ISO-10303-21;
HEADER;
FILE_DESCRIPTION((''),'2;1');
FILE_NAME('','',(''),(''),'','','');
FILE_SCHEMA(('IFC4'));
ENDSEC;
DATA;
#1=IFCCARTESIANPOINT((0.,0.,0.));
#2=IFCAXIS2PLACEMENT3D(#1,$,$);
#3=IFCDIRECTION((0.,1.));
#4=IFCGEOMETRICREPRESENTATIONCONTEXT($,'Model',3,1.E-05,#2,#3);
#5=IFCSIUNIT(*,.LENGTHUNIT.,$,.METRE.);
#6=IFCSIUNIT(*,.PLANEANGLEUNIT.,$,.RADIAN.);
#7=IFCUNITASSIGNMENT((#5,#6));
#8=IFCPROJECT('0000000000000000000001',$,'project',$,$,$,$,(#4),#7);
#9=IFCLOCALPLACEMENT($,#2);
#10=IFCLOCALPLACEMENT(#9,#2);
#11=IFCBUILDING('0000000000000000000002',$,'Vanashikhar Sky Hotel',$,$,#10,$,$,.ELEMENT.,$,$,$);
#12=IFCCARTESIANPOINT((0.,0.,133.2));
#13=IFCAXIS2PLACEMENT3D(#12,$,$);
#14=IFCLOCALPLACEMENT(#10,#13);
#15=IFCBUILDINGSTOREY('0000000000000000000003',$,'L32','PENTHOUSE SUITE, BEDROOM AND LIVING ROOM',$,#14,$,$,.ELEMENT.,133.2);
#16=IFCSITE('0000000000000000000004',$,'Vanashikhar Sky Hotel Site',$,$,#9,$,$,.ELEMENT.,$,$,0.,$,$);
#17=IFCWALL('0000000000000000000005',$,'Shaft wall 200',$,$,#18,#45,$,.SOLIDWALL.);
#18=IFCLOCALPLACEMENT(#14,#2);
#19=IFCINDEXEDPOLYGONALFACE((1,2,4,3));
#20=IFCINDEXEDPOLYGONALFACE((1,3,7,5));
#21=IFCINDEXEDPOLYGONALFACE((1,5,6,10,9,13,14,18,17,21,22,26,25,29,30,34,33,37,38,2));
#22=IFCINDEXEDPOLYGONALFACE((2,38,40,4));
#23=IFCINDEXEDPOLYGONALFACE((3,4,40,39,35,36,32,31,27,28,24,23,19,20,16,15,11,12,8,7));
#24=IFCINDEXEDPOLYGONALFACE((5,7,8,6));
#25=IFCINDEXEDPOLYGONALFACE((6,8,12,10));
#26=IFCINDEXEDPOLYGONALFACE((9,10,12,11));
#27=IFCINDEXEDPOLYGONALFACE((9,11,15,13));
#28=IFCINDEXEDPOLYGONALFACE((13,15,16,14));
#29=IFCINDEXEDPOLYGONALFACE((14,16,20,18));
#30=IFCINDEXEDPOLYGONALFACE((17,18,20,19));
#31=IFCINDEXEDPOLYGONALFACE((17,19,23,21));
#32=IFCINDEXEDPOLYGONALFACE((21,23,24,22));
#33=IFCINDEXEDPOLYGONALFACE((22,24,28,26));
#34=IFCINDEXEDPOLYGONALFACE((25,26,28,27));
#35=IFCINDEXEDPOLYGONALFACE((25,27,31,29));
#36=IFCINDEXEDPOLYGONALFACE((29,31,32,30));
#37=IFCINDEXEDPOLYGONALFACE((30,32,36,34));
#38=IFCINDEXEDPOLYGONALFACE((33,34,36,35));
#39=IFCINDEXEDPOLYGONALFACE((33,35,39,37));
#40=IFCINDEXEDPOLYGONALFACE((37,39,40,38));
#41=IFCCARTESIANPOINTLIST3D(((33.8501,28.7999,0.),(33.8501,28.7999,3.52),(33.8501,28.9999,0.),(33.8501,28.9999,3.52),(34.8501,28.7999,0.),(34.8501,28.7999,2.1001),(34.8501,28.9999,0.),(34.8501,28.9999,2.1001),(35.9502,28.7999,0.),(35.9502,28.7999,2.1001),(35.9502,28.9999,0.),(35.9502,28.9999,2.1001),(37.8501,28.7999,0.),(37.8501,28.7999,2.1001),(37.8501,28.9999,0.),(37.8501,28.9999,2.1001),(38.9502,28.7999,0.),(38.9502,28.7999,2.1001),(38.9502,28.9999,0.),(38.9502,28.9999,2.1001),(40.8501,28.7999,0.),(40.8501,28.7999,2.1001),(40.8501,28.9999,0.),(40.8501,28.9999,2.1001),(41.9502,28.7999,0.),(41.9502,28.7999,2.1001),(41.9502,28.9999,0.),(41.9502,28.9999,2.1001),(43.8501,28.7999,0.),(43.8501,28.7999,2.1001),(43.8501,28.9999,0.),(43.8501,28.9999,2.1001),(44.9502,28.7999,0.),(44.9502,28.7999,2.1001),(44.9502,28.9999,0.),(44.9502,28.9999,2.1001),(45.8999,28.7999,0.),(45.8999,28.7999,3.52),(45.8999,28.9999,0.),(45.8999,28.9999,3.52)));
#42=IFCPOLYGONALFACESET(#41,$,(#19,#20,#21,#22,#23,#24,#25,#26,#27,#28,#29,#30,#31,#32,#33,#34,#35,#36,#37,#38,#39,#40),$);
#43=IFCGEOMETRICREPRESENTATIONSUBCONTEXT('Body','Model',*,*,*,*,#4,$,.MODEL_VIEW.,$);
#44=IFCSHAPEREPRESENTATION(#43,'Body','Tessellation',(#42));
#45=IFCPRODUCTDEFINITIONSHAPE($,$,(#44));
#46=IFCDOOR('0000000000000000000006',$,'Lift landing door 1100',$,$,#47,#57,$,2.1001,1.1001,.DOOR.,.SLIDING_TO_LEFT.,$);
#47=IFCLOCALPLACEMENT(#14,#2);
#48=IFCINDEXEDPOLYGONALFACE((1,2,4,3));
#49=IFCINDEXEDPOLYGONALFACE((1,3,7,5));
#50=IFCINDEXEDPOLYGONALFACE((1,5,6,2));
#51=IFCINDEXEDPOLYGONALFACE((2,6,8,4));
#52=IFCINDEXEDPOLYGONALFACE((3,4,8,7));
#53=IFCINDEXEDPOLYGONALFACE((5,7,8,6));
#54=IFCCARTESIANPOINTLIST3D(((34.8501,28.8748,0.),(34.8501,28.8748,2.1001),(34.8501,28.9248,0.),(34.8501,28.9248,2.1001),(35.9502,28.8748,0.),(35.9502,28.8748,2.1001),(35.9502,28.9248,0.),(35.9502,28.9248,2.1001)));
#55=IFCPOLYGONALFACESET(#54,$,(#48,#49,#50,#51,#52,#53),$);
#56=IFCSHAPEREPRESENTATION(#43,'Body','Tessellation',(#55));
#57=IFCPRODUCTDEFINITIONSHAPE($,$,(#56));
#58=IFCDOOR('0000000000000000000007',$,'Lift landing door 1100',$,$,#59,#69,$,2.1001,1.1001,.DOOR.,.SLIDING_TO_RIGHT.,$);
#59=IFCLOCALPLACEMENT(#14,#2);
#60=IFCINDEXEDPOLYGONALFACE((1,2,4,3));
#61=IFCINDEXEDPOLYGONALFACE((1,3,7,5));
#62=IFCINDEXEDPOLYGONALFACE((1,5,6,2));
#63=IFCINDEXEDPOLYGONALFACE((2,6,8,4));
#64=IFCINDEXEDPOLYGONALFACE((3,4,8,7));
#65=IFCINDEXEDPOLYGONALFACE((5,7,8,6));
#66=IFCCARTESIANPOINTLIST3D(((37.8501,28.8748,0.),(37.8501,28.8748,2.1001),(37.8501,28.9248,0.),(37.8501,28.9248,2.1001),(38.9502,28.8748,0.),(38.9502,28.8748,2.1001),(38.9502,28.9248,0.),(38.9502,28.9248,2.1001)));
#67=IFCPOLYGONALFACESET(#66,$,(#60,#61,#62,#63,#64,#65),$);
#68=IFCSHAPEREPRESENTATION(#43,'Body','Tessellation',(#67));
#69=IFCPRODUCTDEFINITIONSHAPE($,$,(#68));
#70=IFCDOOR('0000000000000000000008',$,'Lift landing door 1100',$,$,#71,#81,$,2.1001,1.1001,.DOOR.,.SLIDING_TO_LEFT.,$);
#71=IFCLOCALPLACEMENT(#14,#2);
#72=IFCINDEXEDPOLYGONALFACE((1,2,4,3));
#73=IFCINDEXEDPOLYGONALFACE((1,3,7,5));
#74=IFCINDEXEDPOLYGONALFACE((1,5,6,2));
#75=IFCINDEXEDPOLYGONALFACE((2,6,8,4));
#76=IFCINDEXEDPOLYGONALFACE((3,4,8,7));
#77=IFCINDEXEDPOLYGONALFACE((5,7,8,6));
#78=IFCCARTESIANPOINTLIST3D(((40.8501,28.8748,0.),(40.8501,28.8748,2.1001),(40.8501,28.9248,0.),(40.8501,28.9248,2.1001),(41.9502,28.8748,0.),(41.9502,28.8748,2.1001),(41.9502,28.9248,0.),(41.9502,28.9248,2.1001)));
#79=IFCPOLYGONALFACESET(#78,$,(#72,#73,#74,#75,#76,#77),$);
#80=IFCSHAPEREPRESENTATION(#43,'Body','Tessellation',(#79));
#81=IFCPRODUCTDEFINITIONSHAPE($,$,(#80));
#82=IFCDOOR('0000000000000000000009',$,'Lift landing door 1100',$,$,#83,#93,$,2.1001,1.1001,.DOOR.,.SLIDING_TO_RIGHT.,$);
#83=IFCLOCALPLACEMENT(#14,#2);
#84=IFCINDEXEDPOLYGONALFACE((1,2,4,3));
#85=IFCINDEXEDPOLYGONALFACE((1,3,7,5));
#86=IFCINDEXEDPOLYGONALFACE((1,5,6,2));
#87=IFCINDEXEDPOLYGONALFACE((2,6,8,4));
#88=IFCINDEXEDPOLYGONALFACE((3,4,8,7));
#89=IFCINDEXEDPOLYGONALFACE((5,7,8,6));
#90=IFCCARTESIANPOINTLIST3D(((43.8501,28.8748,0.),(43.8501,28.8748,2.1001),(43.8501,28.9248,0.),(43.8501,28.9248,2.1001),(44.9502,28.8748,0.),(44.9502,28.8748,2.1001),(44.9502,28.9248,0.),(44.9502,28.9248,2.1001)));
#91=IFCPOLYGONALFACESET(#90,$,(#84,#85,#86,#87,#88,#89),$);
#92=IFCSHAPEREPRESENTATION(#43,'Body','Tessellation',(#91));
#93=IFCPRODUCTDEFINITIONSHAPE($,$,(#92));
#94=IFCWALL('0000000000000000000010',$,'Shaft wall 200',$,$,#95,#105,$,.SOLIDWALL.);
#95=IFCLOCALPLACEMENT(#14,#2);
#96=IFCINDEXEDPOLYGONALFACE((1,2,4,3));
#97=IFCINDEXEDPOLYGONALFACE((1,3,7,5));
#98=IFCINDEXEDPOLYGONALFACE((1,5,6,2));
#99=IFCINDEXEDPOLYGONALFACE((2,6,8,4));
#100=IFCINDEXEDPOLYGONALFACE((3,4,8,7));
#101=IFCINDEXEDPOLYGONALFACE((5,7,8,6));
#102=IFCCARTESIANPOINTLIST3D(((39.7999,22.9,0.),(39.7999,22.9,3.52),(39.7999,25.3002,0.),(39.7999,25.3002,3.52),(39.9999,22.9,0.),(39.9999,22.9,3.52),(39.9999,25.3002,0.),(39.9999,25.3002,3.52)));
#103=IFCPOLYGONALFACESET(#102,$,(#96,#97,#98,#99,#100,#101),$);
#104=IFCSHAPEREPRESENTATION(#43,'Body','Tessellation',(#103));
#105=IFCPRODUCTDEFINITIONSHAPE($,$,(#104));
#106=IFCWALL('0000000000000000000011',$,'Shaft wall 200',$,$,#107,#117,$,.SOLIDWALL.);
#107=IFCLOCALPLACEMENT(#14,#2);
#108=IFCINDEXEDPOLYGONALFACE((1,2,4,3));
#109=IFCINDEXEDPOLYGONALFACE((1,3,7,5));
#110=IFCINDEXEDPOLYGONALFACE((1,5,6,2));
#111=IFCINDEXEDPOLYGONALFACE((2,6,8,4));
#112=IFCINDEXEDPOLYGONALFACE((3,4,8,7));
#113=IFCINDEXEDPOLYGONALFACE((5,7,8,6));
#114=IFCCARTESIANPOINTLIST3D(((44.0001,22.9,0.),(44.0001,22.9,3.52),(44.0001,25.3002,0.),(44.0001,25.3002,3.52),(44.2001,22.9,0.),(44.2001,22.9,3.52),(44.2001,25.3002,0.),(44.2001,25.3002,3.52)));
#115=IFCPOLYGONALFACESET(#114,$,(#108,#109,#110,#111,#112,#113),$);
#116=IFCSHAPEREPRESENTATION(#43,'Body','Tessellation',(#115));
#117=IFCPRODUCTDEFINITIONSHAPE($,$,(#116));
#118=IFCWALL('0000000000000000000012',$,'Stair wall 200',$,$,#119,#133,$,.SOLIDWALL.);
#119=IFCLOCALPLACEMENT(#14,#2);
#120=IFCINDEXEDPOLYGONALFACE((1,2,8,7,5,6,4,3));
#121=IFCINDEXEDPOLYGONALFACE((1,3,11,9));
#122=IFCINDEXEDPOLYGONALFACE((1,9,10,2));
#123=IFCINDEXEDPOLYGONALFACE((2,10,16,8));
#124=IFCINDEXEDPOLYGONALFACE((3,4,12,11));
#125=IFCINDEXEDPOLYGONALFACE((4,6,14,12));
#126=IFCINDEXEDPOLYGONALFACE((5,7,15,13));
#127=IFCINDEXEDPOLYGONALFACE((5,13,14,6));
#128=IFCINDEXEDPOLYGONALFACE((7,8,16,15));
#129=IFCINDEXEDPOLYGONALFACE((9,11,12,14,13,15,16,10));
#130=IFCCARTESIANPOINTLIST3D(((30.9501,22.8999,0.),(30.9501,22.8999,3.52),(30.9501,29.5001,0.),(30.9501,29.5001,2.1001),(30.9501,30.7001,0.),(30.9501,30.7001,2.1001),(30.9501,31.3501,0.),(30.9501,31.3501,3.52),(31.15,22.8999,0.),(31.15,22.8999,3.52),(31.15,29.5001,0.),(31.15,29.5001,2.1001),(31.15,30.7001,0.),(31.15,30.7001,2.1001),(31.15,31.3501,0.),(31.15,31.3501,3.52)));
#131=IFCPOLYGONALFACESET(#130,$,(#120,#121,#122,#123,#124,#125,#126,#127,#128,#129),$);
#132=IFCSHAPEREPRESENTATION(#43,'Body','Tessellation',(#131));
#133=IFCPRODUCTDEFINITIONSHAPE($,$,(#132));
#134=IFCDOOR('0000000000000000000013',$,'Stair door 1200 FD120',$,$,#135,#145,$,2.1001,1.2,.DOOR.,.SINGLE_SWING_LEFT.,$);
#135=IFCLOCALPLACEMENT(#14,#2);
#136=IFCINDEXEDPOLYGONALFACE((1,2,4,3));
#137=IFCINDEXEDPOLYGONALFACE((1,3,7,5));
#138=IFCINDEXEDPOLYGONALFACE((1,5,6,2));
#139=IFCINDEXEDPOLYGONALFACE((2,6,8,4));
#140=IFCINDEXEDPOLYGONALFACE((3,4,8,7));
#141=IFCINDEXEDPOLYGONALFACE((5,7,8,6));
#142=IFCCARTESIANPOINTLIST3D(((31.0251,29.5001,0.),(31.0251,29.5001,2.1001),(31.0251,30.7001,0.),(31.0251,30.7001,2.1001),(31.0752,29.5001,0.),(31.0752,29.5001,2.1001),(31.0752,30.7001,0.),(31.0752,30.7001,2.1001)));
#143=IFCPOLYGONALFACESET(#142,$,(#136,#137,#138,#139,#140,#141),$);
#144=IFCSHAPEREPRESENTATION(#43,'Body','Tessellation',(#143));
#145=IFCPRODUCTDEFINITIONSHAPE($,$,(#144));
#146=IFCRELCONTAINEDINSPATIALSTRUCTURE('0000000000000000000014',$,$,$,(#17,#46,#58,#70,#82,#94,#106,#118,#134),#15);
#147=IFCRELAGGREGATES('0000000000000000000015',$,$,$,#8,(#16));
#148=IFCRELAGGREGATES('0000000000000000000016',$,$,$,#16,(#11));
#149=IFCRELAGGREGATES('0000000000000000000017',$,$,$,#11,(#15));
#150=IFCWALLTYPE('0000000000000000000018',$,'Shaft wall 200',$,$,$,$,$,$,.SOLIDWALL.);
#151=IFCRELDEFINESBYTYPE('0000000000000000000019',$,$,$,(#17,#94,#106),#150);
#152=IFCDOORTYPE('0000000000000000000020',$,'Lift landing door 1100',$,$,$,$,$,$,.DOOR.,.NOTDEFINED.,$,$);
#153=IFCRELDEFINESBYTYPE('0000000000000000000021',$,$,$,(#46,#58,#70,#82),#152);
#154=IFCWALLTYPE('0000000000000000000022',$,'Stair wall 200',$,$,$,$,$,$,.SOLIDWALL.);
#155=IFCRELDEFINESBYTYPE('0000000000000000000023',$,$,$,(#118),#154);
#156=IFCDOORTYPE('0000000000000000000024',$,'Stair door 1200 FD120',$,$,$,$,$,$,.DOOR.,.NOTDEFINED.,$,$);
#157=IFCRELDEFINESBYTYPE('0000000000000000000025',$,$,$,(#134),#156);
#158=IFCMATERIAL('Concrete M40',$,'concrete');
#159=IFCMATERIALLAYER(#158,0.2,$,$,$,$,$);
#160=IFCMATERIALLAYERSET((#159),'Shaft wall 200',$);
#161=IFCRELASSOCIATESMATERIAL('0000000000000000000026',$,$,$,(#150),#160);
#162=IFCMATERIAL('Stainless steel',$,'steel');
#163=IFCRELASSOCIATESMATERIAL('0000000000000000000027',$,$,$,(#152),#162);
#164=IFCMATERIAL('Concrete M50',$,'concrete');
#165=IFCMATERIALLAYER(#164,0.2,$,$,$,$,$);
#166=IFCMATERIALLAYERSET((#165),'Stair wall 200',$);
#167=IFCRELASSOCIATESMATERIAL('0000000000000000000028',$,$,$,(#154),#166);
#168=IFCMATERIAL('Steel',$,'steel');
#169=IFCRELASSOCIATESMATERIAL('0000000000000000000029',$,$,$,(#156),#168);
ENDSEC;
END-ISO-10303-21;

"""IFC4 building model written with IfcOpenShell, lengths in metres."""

from ifc_helpers import new_model, si_unit, direction, frame, frame_2d, origin, place, context, subcontext, project, spatial, rectangle, extrude, source, transform, mapped, material, layer, layer_set, type_object, element, fill, save


model = new_model("IFC4")

# Units and contexts
model_context = context("Model", 3, precision=1e-05, world=origin(), true_north=direction((0.0, 1.0)))
body_context = subcontext(model_context, "Body", "Model", "MODEL_VIEW")
ifc_project = project(units=[si_unit("LENGTHUNIT", "METRE"), si_unit("PLANEANGLEUNIT", "RADIAN")], contexts=[model_context])

# Site, building, storey
site_placement = place(None, origin())
site = spatial("IfcSite", under=ifc_project, at=site_placement, Name="Vanashikhar Sky Hotel Site", CompositionType="ELEMENT", RefElevation=0.0)
building_placement = place(site_placement, origin())
building = spatial("IfcBuilding", under=site, at=building_placement, Name="Vanashikhar Sky Hotel", CompositionType="ELEMENT")
storey_placement = place(building_placement, frame((0.0, 0.0, 133.2)))
storey = spatial("IfcBuildingStorey", under=building, at=storey_placement, Name="L32", Description="PENTHOUSE SUITE, BEDROOM AND LIVING ROOM", CompositionType="ELEMENT", Elevation=133.2)

# Shared definitions
ifc_material_1 = material(Name="Steel", Category="steel")
shared_shape_1 = source(origin(), body_context, "Body", "SweptSolid", [
    extrude(rectangle(XDim=1.1001, YDim=2.1001, at=frame_2d((0.55, 1.05))), frame((0.0, 0.0249, 0.0), z_axis=(0.0, -1.0, 0.0), x_axis=(1.0, 0.0, 0.0)), (0.0, 0.0, 1.0), 0.05),
])

# Wall, openings, doors
ifc_material_2 = material(Name="Concrete M40", Category="concrete")
ifc_layer_1 = layer(ifc_material_2, 0.2)
ifc_layer_set_1 = layer_set([ifc_layer_1], Name="Shaft wall 200")
wall_type_1 = type_object("IfcWallType", Name="Shaft wall 200", PredefinedType="SOLIDWALL", material=ifc_layer_set_1)
shared_shape_2 = source(origin(), body_context, "Body", "SweptSolid", [
    extrude(rectangle(XDim=1.1001, YDim=2.1001, at=frame_2d((0.55, 1.05))), frame((0.0, 0.1099, 0.0), z_axis=(0.0, -1.0, 0.0), x_axis=(1.0, 0.0, 0.0)), (0.0, 0.0, 1.0), 0.22),
])
ifc_material_3 = material(Name="Stainless steel", Category="steel")
door_type_1 = type_object("IfcDoorType", Name="Lift landing door 1100", OperationType="NOTDEFINED", PredefinedType="DOOR", material=ifc_material_3)
shared_shape_3 = source(origin(), body_context, "Body", "SweptSolid", [
    extrude(rectangle(XDim=12.0498, YDim=0.2, at=frame_2d((6.0249, 0.0))), origin(), (0.0, 0.0, 1.0), 3.52),
])
wall_1_placement = place(storey_placement, frame((33.8501, 28.8999, 0.0), z_axis=(0.0, 0.0, 1.0), x_axis=(1.0, 0.0, 0.0)))
wall_1 = element("IfcWall", 1, at=wall_1_placement, inside=storey, type_object=wall_type_1, Name="Shaft wall 200", PredefinedType="SOLIDWALL", context=body_context, shape_type="MappedRepresentation", body=[
    mapped(shared_shape_3, transform((0.0, 0.0, 0.0), scale=1.0)),
])
opening_1_placement = place(wall_1_placement, frame((1.0, 0.0, 0.0)))
opening_1 = element("IfcOpeningElement", 2, at=opening_1_placement, cuts=wall_1, PredefinedType="OPENING", context=body_context, shape_type="MappedRepresentation", body=[
    mapped(shared_shape_2, transform((0.0, 0.0, 0.0), scale=1.0)),
])
opening_2_placement = place(wall_1_placement, frame((4.0, 0.0, 0.0)))
opening_2 = element("IfcOpeningElement", 3, at=opening_2_placement, cuts=wall_1, PredefinedType="OPENING", context=body_context, shape_type="MappedRepresentation", body=[
    mapped(shared_shape_2, transform((0.0, 0.0, 0.0), scale=1.0)),
])
opening_3_placement = place(wall_1_placement, frame((7.0, 0.0, 0.0)))
opening_3 = element("IfcOpeningElement", 4, at=opening_3_placement, cuts=wall_1, PredefinedType="OPENING", context=body_context, shape_type="MappedRepresentation", body=[
    mapped(shared_shape_2, transform((0.0, 0.0, 0.0), scale=1.0)),
])
opening_4_placement = place(wall_1_placement, frame((10.0, 0.0, 0.0)))
opening_4 = element("IfcOpeningElement", 5, at=opening_4_placement, cuts=wall_1, PredefinedType="OPENING", context=body_context, shape_type="MappedRepresentation", body=[
    mapped(shared_shape_2, transform((0.0, 0.0, 0.0), scale=1.0)),
])
door_1_placement = place(opening_1_placement, origin())
door_1 = element("IfcDoor", 6, at=door_1_placement, inside=storey, type_object=door_type_1, Name="Lift landing door 1100", OperationType="SLIDING_TO_LEFT", OverallHeight=2.1001, OverallWidth=1.1001, PredefinedType="DOOR", context=body_context, shape_type="MappedRepresentation", body=[
    mapped(shared_shape_1, transform((0.0, 0.0, 0.0), scale=1.0)),
])
fill(opening_1, door_1)
door_2_placement = place(opening_2_placement, origin())
door_2 = element("IfcDoor", 7, at=door_2_placement, inside=storey, type_object=door_type_1, Name="Lift landing door 1100", OperationType="SLIDING_TO_RIGHT", OverallHeight=2.1001, OverallWidth=1.1001, PredefinedType="DOOR", context=body_context, shape_type="MappedRepresentation", body=[
    mapped(shared_shape_1, transform((0.0, 0.0, 0.0), scale=1.0)),
])
fill(opening_2, door_2)
door_3_placement = place(opening_3_placement, origin())
door_3 = element("IfcDoor", 8, at=door_3_placement, inside=storey, type_object=door_type_1, Name="Lift landing door 1100", OperationType="SLIDING_TO_LEFT", OverallHeight=2.1001, OverallWidth=1.1001, PredefinedType="DOOR", context=body_context, shape_type="MappedRepresentation", body=[
    mapped(shared_shape_1, transform((0.0, 0.0, 0.0), scale=1.0)),
])
fill(opening_3, door_3)
door_4_placement = place(opening_4_placement, origin())
door_4 = element("IfcDoor", 9, at=door_4_placement, inside=storey, type_object=door_type_1, Name="Lift landing door 1100", OperationType="SLIDING_TO_RIGHT", OverallHeight=2.1001, OverallWidth=1.1001, PredefinedType="DOOR", context=body_context, shape_type="MappedRepresentation", body=[
    mapped(shared_shape_1, transform((0.0, 0.0, 0.0), scale=1.0)),
])
fill(opening_4, door_4)

# Walls
shared_shape_4 = source(origin(), body_context, "Body", "SweptSolid", [
    extrude(rectangle(XDim=2.4001, YDim=0.2, at=frame_2d((1.2002, 0.0))), origin(), (0.0, 0.0, 1.0), 3.52),
])
for number, where, z_axis, x_axis, name in (
    (10, (39.8999, 22.8999, 0.0), (0.0, 0.0, 1.0), (0.0, 1.0, 0.0), "Shaft wall 200"),
    (11, (44.1001, 22.8999, 0.0), (0.0, 0.0, 1.0), (0.0, 1.0, 0.0), "Shaft wall 200"),
):
    element("IfcWall", number, at=place(storey_placement, frame(where, z_axis=z_axis, x_axis=x_axis)), inside=storey, type_object=wall_type_1, Name=name, PredefinedType="SOLIDWALL", context=body_context, shape_type="MappedRepresentation", body=[
        mapped(shared_shape_4, transform((0.0, 0.0, 0.0), scale=1.0)),
    ])

# Wall, opening, door
ifc_material_4 = material(Name="Concrete M50", Category="concrete")
ifc_layer_2 = layer(ifc_material_4, 0.2)
ifc_layer_set_2 = layer_set([ifc_layer_2], Name="Stair wall 200")
wall_type_2 = type_object("IfcWallType", Name="Stair wall 200", PredefinedType="SOLIDWALL", material=ifc_layer_set_2)
shared_shape_5 = source(origin(), body_context, "Body", "SweptSolid", [
    extrude(rectangle(XDim=8.4502, YDim=0.2, at=frame_2d((4.2251, 0.0))), origin(), (0.0, 0.0, 1.0), 3.52),
])
wall_2_placement = place(storey_placement, frame((31.05, 22.8999, 0.0), z_axis=(0.0, 0.0, 1.0), x_axis=(0.0, 1.0, 0.0)))
wall_2 = element("IfcWall", 12, at=wall_2_placement, inside=storey, type_object=wall_type_2, Name="Stair wall 200", PredefinedType="SOLIDWALL", context=body_context, shape_type="MappedRepresentation", body=[
    mapped(shared_shape_5, transform((0.0, 0.0, 0.0), scale=1.0)),
])
shared_shape_6 = source(origin(), body_context, "Body", "SweptSolid", [
    extrude(rectangle(XDim=1.2, YDim=2.1001, at=frame_2d((0.6001, 1.05))), frame((0.0, 0.1099, 0.0), z_axis=(0.0, -1.0, 0.0), x_axis=(1.0, 0.0, 0.0)), (0.0, 0.0, 1.0), 0.22),
])
opening_5_placement = place(wall_2_placement, frame((6.6001, 0.0, 0.0)))
opening_5 = element("IfcOpeningElement", 13, at=opening_5_placement, cuts=wall_2, PredefinedType="OPENING", context=body_context, shape_type="MappedRepresentation", body=[
    mapped(shared_shape_6, transform((0.0, 0.0, 0.0), scale=1.0)),
])
door_type_2 = type_object("IfcDoorType", Name="Stair door 1200 FD120", OperationType="NOTDEFINED", PredefinedType="DOOR", material=ifc_material_1)
shared_shape_7 = source(origin(), body_context, "Body", "SweptSolid", [
    extrude(rectangle(XDim=1.2, YDim=2.1001, at=frame_2d((0.6001, 1.05))), frame((0.0, 0.0249, 0.0), z_axis=(0.0, -1.0, 0.0), x_axis=(1.0, 0.0, 0.0)), (0.0, 0.0, 1.0), 0.05),
])
door_5_placement = place(opening_5_placement, origin())
door_5 = element("IfcDoor", 14, at=door_5_placement, inside=storey, type_object=door_type_2, Name="Stair door 1200 FD120", OperationType="SINGLE_SWING_LEFT", OverallHeight=2.1001, OverallWidth=1.2, PredefinedType="DOOR", context=body_context, shape_type="MappedRepresentation", body=[
    mapped(shared_shape_7, transform((0.0, 0.0, 0.0), scale=1.0)),
])
fill(opening_5, door_5)

save(model, "model.ifc")
